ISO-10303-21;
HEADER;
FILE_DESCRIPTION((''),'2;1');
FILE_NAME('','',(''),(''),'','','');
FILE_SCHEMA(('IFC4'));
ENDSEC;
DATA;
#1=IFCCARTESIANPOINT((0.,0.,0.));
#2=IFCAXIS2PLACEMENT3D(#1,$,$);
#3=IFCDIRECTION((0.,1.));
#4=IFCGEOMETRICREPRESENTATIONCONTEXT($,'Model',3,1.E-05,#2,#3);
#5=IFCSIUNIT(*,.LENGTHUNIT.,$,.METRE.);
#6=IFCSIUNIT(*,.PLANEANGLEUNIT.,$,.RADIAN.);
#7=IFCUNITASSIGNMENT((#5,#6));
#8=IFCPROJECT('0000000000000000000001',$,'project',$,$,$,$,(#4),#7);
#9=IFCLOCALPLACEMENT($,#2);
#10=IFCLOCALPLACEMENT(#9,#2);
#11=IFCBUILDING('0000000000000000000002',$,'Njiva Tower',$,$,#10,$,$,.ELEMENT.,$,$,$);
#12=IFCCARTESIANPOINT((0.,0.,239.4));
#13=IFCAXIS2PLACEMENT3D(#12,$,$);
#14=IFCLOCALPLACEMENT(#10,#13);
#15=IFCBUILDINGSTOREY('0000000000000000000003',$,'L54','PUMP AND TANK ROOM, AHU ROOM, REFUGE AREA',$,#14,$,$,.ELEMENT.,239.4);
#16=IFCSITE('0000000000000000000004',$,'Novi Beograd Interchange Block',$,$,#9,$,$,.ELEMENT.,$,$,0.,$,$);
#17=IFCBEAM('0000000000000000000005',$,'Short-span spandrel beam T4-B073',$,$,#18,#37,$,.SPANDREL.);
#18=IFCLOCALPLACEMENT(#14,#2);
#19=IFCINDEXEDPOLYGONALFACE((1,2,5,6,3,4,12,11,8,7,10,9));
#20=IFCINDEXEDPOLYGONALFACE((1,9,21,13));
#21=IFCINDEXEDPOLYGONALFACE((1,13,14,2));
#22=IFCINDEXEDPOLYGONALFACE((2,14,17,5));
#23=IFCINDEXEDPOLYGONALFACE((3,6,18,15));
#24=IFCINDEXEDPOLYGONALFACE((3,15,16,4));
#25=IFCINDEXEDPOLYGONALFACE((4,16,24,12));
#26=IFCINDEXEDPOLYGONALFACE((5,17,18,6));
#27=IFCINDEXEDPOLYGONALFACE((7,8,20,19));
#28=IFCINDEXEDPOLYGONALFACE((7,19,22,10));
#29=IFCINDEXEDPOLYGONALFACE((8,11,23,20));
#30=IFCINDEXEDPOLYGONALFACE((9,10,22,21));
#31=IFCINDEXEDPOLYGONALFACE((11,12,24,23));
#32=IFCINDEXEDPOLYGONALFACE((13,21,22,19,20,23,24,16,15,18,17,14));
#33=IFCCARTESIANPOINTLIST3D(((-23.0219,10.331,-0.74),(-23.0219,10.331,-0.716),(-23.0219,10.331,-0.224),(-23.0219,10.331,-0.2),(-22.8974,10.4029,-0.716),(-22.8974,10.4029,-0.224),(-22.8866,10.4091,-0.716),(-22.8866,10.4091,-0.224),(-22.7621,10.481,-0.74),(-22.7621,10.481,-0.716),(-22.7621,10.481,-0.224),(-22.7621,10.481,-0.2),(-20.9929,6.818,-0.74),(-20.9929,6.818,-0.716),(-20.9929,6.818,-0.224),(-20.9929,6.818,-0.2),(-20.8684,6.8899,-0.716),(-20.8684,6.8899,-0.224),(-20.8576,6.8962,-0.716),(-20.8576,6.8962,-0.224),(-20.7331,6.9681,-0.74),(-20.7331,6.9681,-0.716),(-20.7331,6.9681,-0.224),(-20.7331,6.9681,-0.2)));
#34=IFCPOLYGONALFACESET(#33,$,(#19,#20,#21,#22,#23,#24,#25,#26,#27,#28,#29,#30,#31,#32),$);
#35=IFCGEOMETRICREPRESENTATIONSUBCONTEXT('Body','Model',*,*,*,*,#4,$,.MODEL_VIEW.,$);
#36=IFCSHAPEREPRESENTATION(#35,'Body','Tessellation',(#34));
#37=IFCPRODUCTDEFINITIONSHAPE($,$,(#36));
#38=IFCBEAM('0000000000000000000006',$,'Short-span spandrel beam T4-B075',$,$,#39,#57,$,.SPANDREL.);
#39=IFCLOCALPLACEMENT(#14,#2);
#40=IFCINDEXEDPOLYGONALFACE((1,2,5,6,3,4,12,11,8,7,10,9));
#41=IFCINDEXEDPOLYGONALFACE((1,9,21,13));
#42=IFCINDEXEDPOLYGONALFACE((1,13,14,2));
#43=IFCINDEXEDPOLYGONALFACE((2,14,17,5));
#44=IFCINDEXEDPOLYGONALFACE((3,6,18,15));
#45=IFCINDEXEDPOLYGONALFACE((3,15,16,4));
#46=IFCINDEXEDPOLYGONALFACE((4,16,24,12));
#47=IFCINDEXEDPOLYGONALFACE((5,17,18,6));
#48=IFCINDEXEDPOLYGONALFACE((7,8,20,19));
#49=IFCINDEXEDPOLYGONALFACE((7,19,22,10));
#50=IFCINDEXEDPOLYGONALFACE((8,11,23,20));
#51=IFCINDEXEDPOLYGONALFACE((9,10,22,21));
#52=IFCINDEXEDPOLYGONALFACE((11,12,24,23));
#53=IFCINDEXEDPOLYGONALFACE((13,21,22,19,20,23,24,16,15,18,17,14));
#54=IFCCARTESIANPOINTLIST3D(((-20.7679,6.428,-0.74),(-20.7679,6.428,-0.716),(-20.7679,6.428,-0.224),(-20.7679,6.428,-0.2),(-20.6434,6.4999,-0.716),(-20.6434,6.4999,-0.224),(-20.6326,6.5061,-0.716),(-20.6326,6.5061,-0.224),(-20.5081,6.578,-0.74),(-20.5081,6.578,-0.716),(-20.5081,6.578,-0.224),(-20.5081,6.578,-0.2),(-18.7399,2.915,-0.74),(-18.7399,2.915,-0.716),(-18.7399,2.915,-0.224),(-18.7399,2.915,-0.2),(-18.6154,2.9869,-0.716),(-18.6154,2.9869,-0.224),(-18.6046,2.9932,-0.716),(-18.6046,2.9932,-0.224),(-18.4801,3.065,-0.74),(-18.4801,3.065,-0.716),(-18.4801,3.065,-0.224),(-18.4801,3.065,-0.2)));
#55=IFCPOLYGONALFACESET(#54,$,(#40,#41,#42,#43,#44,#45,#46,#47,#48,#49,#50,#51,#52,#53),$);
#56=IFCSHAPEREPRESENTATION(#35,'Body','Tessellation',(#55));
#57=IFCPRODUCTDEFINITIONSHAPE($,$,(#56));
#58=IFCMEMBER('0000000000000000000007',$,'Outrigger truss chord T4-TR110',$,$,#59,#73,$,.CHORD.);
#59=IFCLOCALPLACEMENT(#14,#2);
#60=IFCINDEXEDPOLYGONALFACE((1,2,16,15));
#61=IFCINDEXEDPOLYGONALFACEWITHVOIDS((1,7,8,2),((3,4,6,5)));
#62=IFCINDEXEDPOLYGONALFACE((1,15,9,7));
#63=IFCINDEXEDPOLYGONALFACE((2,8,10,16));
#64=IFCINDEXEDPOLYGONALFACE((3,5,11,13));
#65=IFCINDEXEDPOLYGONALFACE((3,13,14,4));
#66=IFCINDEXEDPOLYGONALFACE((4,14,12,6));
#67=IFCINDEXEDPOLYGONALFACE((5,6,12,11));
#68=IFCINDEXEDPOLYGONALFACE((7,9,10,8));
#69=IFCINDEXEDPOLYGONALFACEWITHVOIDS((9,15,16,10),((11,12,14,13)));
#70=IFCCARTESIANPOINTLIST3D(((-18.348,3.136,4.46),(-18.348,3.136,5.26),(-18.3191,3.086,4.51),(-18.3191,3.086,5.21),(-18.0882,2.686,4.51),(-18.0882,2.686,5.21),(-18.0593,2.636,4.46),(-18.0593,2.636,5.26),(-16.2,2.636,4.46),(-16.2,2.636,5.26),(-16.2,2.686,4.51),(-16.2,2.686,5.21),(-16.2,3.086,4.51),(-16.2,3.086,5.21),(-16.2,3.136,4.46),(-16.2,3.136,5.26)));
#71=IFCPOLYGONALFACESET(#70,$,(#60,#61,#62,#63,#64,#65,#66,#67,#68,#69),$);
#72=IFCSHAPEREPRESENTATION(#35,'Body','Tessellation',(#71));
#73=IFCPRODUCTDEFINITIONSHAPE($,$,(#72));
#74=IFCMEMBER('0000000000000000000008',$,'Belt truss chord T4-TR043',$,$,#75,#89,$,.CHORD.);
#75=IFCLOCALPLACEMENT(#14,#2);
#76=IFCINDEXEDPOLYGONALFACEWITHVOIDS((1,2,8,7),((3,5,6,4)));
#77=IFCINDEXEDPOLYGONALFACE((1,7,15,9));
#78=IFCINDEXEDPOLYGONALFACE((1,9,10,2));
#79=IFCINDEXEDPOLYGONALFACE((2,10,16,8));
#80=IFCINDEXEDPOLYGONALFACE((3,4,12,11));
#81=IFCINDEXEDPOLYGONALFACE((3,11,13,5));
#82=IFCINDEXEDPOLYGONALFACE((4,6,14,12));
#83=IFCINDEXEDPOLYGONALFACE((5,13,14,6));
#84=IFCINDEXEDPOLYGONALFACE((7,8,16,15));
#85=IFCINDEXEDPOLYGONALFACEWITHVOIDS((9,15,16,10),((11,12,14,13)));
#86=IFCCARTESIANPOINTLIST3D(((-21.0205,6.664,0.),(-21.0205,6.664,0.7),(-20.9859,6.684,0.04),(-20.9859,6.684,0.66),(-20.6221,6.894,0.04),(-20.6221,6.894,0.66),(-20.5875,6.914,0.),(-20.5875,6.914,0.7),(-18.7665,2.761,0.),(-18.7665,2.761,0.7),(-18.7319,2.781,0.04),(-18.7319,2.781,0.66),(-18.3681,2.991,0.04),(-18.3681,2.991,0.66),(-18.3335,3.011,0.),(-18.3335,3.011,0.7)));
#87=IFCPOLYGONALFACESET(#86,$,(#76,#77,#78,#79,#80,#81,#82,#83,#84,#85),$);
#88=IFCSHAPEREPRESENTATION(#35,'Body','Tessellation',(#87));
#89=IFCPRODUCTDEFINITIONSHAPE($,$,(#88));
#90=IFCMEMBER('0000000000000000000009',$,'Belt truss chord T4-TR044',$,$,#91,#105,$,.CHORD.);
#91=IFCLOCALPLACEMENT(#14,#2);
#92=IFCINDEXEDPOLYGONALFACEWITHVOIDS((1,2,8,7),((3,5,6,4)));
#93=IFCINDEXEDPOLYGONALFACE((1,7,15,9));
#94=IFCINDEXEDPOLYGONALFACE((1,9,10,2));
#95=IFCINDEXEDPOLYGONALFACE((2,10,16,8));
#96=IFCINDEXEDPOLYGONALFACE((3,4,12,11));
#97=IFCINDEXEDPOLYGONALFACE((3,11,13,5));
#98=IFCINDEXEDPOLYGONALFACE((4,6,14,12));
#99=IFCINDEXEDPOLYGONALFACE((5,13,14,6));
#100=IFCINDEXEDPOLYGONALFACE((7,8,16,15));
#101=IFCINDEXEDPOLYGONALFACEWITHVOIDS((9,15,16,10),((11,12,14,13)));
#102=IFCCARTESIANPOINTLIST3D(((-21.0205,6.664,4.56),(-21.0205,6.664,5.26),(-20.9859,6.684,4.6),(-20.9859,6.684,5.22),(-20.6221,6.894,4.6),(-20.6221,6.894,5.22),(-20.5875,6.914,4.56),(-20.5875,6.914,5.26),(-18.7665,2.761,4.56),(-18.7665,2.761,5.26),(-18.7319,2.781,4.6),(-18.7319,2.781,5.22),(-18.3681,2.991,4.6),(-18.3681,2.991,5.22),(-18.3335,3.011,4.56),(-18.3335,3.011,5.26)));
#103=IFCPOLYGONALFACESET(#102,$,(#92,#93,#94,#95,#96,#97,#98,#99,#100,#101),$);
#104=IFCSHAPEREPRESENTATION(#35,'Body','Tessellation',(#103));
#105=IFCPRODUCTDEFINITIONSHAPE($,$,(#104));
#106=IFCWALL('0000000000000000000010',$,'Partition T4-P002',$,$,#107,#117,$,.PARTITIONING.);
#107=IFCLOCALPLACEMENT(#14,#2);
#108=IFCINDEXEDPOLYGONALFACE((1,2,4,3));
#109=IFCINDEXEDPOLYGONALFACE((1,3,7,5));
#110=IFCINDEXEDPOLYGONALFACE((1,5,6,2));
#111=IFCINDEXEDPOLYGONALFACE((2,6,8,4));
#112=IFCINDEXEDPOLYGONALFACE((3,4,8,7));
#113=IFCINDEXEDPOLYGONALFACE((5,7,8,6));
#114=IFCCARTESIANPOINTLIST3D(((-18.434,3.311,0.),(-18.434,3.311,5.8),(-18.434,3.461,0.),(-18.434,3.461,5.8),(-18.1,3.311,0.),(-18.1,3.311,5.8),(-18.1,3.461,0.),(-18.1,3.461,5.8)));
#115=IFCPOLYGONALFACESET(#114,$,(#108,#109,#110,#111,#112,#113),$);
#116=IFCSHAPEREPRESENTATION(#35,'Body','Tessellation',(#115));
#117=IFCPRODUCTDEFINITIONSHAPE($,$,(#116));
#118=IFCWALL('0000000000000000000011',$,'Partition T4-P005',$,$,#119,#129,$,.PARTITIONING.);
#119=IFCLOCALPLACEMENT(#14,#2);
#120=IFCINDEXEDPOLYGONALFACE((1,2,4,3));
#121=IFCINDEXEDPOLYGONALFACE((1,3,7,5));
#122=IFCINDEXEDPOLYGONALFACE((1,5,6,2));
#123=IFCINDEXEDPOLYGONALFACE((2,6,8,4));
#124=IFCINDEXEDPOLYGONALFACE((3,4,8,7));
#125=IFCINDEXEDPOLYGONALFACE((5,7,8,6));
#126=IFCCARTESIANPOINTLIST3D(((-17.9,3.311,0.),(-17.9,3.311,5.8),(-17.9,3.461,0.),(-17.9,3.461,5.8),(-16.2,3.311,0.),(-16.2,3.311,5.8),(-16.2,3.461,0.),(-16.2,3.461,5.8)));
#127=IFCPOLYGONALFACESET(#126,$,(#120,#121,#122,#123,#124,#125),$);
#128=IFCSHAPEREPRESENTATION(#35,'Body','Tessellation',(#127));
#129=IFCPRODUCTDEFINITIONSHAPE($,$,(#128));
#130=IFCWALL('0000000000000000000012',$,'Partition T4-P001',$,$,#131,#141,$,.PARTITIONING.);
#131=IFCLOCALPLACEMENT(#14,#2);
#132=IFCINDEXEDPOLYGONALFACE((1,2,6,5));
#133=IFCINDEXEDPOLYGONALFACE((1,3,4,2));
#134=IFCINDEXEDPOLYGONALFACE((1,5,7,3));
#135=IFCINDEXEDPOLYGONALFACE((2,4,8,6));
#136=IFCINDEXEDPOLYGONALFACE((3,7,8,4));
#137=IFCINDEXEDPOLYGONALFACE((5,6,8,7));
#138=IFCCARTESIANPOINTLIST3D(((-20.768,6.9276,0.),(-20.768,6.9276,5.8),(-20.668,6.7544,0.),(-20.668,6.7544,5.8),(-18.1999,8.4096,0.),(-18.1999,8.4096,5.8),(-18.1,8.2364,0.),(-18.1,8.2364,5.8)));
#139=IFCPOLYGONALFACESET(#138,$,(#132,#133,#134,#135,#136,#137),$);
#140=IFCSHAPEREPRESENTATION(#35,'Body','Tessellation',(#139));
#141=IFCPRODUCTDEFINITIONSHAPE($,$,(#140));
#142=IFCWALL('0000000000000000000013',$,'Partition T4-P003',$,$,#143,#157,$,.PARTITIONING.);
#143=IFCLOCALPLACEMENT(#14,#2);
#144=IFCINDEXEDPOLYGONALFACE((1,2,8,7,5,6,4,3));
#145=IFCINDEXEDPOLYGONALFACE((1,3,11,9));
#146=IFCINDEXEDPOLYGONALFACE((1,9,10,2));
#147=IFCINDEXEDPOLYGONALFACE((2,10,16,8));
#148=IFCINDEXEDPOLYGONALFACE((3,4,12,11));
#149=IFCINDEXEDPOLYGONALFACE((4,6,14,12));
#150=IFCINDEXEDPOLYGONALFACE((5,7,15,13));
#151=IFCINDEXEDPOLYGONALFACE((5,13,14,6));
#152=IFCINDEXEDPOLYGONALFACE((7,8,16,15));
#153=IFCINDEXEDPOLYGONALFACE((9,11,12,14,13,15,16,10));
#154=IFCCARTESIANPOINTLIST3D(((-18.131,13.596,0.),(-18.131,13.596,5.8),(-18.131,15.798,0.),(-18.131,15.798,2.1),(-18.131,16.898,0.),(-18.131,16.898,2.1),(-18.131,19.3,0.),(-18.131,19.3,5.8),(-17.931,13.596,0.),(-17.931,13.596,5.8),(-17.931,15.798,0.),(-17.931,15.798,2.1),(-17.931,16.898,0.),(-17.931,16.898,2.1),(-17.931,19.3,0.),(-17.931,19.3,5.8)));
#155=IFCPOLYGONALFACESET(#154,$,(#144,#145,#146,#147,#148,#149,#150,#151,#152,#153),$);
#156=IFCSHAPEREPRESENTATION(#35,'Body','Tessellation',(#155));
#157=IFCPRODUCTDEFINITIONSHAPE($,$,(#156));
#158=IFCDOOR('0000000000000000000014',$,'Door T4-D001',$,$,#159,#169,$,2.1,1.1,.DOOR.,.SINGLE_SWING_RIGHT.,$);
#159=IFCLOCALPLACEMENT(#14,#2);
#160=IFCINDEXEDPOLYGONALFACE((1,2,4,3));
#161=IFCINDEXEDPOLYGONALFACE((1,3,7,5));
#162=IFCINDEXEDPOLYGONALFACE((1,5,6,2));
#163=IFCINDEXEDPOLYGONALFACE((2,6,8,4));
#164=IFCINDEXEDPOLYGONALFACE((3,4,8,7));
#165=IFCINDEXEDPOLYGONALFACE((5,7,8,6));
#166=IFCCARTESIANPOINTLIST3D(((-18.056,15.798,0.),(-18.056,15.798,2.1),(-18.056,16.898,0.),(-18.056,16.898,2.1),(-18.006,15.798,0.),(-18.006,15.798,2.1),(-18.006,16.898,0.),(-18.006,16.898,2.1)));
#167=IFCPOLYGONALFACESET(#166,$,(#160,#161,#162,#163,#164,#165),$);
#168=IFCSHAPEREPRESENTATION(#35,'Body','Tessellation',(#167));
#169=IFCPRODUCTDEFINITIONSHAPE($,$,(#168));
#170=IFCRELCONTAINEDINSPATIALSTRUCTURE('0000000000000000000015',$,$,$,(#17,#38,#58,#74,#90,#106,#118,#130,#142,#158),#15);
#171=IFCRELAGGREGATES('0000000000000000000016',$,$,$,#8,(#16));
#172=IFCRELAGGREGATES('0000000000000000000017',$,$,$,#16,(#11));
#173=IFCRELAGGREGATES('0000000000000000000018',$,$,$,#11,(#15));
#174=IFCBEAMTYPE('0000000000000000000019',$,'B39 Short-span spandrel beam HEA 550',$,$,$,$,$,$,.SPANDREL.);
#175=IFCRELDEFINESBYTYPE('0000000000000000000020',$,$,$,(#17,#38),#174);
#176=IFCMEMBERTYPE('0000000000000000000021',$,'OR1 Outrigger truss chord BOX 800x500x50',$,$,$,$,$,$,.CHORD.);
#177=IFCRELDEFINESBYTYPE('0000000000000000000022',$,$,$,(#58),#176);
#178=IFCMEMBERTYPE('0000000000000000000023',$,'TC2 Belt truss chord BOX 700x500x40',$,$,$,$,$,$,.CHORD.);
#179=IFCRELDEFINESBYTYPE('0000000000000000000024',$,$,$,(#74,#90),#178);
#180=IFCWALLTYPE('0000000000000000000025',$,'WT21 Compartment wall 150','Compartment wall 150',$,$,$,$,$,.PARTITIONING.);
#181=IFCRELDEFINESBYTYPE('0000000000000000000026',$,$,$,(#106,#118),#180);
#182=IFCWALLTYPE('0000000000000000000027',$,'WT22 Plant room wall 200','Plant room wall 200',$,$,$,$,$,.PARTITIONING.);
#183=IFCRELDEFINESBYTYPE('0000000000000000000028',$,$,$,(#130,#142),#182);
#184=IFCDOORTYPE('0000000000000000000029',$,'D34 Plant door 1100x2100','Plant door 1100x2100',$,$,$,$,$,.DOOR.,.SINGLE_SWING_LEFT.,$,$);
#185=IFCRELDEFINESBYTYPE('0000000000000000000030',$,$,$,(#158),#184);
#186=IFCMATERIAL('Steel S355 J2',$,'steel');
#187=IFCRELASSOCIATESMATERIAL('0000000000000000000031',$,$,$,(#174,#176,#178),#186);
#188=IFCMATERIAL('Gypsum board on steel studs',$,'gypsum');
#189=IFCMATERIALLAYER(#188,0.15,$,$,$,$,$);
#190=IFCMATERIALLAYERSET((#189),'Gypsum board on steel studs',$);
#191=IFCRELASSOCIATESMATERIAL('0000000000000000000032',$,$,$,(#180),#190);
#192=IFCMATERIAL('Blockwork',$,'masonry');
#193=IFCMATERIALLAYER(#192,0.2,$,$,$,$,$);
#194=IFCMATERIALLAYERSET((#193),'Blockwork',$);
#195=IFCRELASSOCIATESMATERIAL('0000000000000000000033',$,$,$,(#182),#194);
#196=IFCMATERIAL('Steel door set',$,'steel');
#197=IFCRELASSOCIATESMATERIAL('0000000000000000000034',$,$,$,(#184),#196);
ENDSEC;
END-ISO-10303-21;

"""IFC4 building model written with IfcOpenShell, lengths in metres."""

from ifc_helpers import new_model, si_unit, direction, frame, frame_2d, origin, origin_2d, place, context, subcontext, project, spatial, rectangle, hollow_rectangle, i_section, extrude, clip, halfspace, material, layer, layer_set, material_profile, profile_set, type_object, element, fill, save


model = new_model("IFC4")

# Units and contexts
model_context = context("Model", 3, precision=1e-05, world=origin(), true_north=direction((0.0, 1.0)))
body_context = subcontext(model_context, "Body", "Model", "MODEL_VIEW")
ifc_project = project(units=[si_unit("LENGTHUNIT", "METRE"), si_unit("PLANEANGLEUNIT", "RADIAN")], contexts=[model_context])

# Site, building, storey
site_placement = place(None, origin())
site = spatial("IfcSite", under=ifc_project, at=site_placement, Name="Novi Beograd Interchange Block", CompositionType="ELEMENT", RefElevation=0.0)
building_placement = place(site_placement, origin())
building = spatial("IfcBuilding", under=site, at=building_placement, Name="Njiva Tower", CompositionType="ELEMENT")
storey_placement = place(building_placement, frame((0.0, 0.0, 239.4)))
storey = spatial("IfcBuildingStorey", under=building, at=storey_placement, Name="L54", Description="PUMP AND TANK ROOM, AHU ROOM, REFUGE AREA", CompositionType="ELEMENT", Elevation=239.4)

# Shared definitions
ifc_material_1 = material(Name="Steel S355 J2", Category="steel")

# Beams
ifc_material_profile_1 = material_profile(ifc_material_1, i_section(OverallWidth=0.3, OverallDepth=0.54, WebThickness=0.0125, FlangeThickness=0.024, at=origin_2d()), Name="HEA 550")
ifc_profile_set_1 = profile_set([ifc_material_profile_1], Name="Steel S355 J2")
beam_type_1 = type_object("IfcBeamType", Name="B39 Short-span spandrel beam HEA 550", PredefinedType="SPANDREL", material=ifc_profile_set_1)
beam_1_placement = place(storey_placement, frame((-22.892, 10.406, -0.47), z_axis=(0.500142, -0.865943, 0.0), x_axis=(0.865943, 0.500142, 0.0)))
element("IfcBeam", 1, at=beam_1_placement, inside=storey, type_object=beam_type_1, Name="Short-span spandrel beam T4-B073", PredefinedType="SPANDREL", context=body_context, shape_type="SweptSolid", body=[
    extrude(i_section(OverallWidth=0.3, OverallDepth=0.54, WebThickness=0.0125, FlangeThickness=0.024, at=origin_2d()), origin(), (0.0, 0.0, 1.0), 4.0568),
])
beam_2_placement = place(storey_placement, frame((-20.638, 6.503, -0.47), z_axis=(0.499957, -0.86605, 0.0), x_axis=(0.86605, 0.499957, 0.0)))
element("IfcBeam", 2, at=beam_2_placement, inside=storey, type_object=beam_type_1, Name="Short-span spandrel beam T4-B075", PredefinedType="SPANDREL", context=body_context, shape_type="SweptSolid", body=[
    extrude(i_section(OverallWidth=0.3, OverallDepth=0.54, WebThickness=0.0125, FlangeThickness=0.024, at=origin_2d()), origin(), (0.0, 0.0, 1.0), 4.0563),
])

# Members
ifc_material_profile_2 = material_profile(ifc_material_1, hollow_rectangle(XDim=0.5, YDim=0.8, WallThickness=0.05, at=origin_2d()), Name="BOX 800x500x50")
ifc_profile_set_2 = profile_set([ifc_material_profile_2], Name="Steel S355 J2")
member_type_1 = type_object("IfcMemberType", Name="OR1 Outrigger truss chord BOX 800x500x50", PredefinedType="CHORD", material=ifc_profile_set_2)
member_1_placement = place(storey_placement, frame((-16.2, 2.886, 4.86), z_axis=(-1.0, 0.0, 0.0), x_axis=(0.0, -1.0, 0.0)))
element("IfcMember", 3, at=member_1_placement, inside=storey, type_object=member_type_1, Name="Outrigger truss chord T4-TR110", PredefinedType="CHORD", context=body_context, shape_type="Clipping", body=[
    clip(extrude(hollow_rectangle(XDim=0.5, YDim=0.8, WallThickness=0.05, at=origin_2d()), origin(), (0.0, 0.0, 1.0), 2.524), halfspace(frame((0.025, 0.0, 1.9892), z_axis=(0.499998, 0.0, 0.866027), x_axis=(0.0, 1.0, 0.0)), False)),
])
ifc_material_profile_3 = material_profile(ifc_material_1, hollow_rectangle(XDim=0.5, YDim=0.7, WallThickness=0.04, at=origin_2d()), Name="BOX 700x500x40")
ifc_profile_set_3 = profile_set([ifc_material_profile_3], Name="Steel S355 J2")
member_type_2 = type_object("IfcMemberType", Name="TC2 Belt truss chord BOX 700x500x40", PredefinedType="CHORD", material=ifc_profile_set_3)
for number, where, z_axis, x_axis, name in (
    (4, (-20.804, 6.789, 0.35), (0.5001, -0.865968, 0.0), (0.865968, 0.5001, 0.0), "Belt truss chord T4-TR043"),
    (5, (-20.804, 6.789, 4.91), (0.5001, -0.865968, 0.0), (0.865968, 0.5001, 0.0), "Belt truss chord T4-TR044"),
):
    element("IfcMember", number, at=place(storey_placement, frame(where, z_axis=z_axis, x_axis=x_axis)), inside=storey, type_object=member_type_2, Name=name, PredefinedType="CHORD", context=body_context, shape_type="SweptSolid", body=[
        extrude(hollow_rectangle(XDim=0.5, YDim=0.7, WallThickness=0.04, at=origin_2d()), origin(), (0.0, 0.0, 1.0), 4.5071),
    ])

# Walls
ifc_material_2 = material(Name="Gypsum board on steel studs", Category="gypsum")
ifc_layer_1 = layer(ifc_material_2, 0.15)
ifc_layer_set_1 = layer_set([ifc_layer_1], Name="Gypsum board on steel studs")
wall_type_1 = type_object("IfcWallType", Name="WT21 Compartment wall 150", Description="Compartment wall 150", PredefinedType="PARTITIONING", material=ifc_layer_set_1)
wall_1_placement = place(storey_placement, frame((-18.434, 3.386, 0.0), z_axis=(0.0, 0.0, 1.0), x_axis=(1.0, 0.0, 0.0)))
element("IfcWall", 6, at=wall_1_placement, inside=storey, type_object=wall_type_1, Name="Partition T4-P002", PredefinedType="PARTITIONING", context=body_context, shape_type="SweptSolid", body=[
    extrude(rectangle(XDim=0.334, YDim=0.15, at=frame_2d((0.167, 0.0))), origin(), (0.0, 0.0, 1.0), 5.8),
])
wall_2_placement = place(storey_placement, frame((-17.9, 3.386, 0.0), z_axis=(0.0, 0.0, 1.0), x_axis=(1.0, 0.0, 0.0)))
element("IfcWall", 7, at=wall_2_placement, inside=storey, type_object=wall_type_1, Name="Partition T4-P005", PredefinedType="PARTITIONING", context=body_context, shape_type="SweptSolid", body=[
    extrude(rectangle(XDim=1.7, YDim=0.15, at=frame_2d((0.85, 0.0))), origin(), (0.0, 0.0, 1.0), 5.8),
])
ifc_material_3 = material(Name="Blockwork", Category="masonry")
ifc_layer_2 = layer(ifc_material_3, 0.2)
ifc_layer_set_2 = layer_set([ifc_layer_2], Name="Blockwork")
wall_type_2 = type_object("IfcWallType", Name="WT22 Plant room wall 200", Description="Plant room wall 200", PredefinedType="PARTITIONING", material=ifc_layer_set_2)
wall_3_placement = place(storey_placement, frame((-20.718, 6.841, 0.0), z_axis=(0.0, 0.0, 1.0), x_axis=(0.866118, 0.499839, 0.0)))
element("IfcWall", 8, at=wall_3_placement, inside=storey, type_object=wall_type_2, Name="Partition T4-P001", PredefinedType="PARTITIONING", context=body_context, shape_type="SweptSolid", body=[
    extrude(rectangle(XDim=2.965, YDim=0.2, at=frame_2d((1.4825, 0.0))), origin(), (0.0, 0.0, 1.0), 5.8),
])

# Wall, opening, door
wall_4_placement = place(storey_placement, frame((-18.031, 13.596, 0.0), z_axis=(0.0, 0.0, 1.0), x_axis=(0.0, 1.0, 0.0)))
wall_4 = element("IfcWall", 9, at=wall_4_placement, inside=storey, type_object=wall_type_2, Name="Partition T4-P003", PredefinedType="PARTITIONING", context=body_context, shape_type="SweptSolid", body=[
    extrude(rectangle(XDim=5.704, YDim=0.2, at=frame_2d((2.852, 0.0))), origin(), (0.0, 0.0, 1.0), 5.8),
])
opening_1_placement = place(wall_4_placement, frame((2.202, 0.0, 0.0)))
opening_1 = element("IfcOpeningElement", 10, at=opening_1_placement, cuts=wall_4, PredefinedType="OPENING", context=body_context, shape_type="SweptSolid", body=[
    extrude(rectangle(XDim=1.1, YDim=2.1, at=frame_2d((0.55, 1.05))), frame((0.0, 0.11, 0.0), z_axis=(0.0, -1.0, 0.0), x_axis=(1.0, 0.0, 0.0)), (0.0, 0.0, 1.0), 0.22),
])
ifc_material_4 = material(Name="Steel door set", Category="steel")
door_type = type_object("IfcDoorType", Name="D34 Plant door 1100x2100", Description="Plant door 1100x2100", OperationType="SINGLE_SWING_LEFT", PredefinedType="DOOR", material=ifc_material_4)
door_1_placement = place(opening_1_placement, origin())
door_1 = element("IfcDoor", 11, at=door_1_placement, inside=storey, type_object=door_type, Name="Door T4-D001", OperationType="SINGLE_SWING_RIGHT", OverallHeight=2.1, OverallWidth=1.1, PredefinedType="DOOR", context=body_context, shape_type="SweptSolid", body=[
    extrude(rectangle(XDim=1.1, YDim=2.1, at=frame_2d((0.55, 1.05))), frame((0.0, 0.025, 0.0), z_axis=(0.0, -1.0, 0.0), x_axis=(1.0, 0.0, 0.0)), (0.0, 0.0, 1.0), 0.05),
])
fill(opening_1, door_1)

save(model, "model.ifc")
